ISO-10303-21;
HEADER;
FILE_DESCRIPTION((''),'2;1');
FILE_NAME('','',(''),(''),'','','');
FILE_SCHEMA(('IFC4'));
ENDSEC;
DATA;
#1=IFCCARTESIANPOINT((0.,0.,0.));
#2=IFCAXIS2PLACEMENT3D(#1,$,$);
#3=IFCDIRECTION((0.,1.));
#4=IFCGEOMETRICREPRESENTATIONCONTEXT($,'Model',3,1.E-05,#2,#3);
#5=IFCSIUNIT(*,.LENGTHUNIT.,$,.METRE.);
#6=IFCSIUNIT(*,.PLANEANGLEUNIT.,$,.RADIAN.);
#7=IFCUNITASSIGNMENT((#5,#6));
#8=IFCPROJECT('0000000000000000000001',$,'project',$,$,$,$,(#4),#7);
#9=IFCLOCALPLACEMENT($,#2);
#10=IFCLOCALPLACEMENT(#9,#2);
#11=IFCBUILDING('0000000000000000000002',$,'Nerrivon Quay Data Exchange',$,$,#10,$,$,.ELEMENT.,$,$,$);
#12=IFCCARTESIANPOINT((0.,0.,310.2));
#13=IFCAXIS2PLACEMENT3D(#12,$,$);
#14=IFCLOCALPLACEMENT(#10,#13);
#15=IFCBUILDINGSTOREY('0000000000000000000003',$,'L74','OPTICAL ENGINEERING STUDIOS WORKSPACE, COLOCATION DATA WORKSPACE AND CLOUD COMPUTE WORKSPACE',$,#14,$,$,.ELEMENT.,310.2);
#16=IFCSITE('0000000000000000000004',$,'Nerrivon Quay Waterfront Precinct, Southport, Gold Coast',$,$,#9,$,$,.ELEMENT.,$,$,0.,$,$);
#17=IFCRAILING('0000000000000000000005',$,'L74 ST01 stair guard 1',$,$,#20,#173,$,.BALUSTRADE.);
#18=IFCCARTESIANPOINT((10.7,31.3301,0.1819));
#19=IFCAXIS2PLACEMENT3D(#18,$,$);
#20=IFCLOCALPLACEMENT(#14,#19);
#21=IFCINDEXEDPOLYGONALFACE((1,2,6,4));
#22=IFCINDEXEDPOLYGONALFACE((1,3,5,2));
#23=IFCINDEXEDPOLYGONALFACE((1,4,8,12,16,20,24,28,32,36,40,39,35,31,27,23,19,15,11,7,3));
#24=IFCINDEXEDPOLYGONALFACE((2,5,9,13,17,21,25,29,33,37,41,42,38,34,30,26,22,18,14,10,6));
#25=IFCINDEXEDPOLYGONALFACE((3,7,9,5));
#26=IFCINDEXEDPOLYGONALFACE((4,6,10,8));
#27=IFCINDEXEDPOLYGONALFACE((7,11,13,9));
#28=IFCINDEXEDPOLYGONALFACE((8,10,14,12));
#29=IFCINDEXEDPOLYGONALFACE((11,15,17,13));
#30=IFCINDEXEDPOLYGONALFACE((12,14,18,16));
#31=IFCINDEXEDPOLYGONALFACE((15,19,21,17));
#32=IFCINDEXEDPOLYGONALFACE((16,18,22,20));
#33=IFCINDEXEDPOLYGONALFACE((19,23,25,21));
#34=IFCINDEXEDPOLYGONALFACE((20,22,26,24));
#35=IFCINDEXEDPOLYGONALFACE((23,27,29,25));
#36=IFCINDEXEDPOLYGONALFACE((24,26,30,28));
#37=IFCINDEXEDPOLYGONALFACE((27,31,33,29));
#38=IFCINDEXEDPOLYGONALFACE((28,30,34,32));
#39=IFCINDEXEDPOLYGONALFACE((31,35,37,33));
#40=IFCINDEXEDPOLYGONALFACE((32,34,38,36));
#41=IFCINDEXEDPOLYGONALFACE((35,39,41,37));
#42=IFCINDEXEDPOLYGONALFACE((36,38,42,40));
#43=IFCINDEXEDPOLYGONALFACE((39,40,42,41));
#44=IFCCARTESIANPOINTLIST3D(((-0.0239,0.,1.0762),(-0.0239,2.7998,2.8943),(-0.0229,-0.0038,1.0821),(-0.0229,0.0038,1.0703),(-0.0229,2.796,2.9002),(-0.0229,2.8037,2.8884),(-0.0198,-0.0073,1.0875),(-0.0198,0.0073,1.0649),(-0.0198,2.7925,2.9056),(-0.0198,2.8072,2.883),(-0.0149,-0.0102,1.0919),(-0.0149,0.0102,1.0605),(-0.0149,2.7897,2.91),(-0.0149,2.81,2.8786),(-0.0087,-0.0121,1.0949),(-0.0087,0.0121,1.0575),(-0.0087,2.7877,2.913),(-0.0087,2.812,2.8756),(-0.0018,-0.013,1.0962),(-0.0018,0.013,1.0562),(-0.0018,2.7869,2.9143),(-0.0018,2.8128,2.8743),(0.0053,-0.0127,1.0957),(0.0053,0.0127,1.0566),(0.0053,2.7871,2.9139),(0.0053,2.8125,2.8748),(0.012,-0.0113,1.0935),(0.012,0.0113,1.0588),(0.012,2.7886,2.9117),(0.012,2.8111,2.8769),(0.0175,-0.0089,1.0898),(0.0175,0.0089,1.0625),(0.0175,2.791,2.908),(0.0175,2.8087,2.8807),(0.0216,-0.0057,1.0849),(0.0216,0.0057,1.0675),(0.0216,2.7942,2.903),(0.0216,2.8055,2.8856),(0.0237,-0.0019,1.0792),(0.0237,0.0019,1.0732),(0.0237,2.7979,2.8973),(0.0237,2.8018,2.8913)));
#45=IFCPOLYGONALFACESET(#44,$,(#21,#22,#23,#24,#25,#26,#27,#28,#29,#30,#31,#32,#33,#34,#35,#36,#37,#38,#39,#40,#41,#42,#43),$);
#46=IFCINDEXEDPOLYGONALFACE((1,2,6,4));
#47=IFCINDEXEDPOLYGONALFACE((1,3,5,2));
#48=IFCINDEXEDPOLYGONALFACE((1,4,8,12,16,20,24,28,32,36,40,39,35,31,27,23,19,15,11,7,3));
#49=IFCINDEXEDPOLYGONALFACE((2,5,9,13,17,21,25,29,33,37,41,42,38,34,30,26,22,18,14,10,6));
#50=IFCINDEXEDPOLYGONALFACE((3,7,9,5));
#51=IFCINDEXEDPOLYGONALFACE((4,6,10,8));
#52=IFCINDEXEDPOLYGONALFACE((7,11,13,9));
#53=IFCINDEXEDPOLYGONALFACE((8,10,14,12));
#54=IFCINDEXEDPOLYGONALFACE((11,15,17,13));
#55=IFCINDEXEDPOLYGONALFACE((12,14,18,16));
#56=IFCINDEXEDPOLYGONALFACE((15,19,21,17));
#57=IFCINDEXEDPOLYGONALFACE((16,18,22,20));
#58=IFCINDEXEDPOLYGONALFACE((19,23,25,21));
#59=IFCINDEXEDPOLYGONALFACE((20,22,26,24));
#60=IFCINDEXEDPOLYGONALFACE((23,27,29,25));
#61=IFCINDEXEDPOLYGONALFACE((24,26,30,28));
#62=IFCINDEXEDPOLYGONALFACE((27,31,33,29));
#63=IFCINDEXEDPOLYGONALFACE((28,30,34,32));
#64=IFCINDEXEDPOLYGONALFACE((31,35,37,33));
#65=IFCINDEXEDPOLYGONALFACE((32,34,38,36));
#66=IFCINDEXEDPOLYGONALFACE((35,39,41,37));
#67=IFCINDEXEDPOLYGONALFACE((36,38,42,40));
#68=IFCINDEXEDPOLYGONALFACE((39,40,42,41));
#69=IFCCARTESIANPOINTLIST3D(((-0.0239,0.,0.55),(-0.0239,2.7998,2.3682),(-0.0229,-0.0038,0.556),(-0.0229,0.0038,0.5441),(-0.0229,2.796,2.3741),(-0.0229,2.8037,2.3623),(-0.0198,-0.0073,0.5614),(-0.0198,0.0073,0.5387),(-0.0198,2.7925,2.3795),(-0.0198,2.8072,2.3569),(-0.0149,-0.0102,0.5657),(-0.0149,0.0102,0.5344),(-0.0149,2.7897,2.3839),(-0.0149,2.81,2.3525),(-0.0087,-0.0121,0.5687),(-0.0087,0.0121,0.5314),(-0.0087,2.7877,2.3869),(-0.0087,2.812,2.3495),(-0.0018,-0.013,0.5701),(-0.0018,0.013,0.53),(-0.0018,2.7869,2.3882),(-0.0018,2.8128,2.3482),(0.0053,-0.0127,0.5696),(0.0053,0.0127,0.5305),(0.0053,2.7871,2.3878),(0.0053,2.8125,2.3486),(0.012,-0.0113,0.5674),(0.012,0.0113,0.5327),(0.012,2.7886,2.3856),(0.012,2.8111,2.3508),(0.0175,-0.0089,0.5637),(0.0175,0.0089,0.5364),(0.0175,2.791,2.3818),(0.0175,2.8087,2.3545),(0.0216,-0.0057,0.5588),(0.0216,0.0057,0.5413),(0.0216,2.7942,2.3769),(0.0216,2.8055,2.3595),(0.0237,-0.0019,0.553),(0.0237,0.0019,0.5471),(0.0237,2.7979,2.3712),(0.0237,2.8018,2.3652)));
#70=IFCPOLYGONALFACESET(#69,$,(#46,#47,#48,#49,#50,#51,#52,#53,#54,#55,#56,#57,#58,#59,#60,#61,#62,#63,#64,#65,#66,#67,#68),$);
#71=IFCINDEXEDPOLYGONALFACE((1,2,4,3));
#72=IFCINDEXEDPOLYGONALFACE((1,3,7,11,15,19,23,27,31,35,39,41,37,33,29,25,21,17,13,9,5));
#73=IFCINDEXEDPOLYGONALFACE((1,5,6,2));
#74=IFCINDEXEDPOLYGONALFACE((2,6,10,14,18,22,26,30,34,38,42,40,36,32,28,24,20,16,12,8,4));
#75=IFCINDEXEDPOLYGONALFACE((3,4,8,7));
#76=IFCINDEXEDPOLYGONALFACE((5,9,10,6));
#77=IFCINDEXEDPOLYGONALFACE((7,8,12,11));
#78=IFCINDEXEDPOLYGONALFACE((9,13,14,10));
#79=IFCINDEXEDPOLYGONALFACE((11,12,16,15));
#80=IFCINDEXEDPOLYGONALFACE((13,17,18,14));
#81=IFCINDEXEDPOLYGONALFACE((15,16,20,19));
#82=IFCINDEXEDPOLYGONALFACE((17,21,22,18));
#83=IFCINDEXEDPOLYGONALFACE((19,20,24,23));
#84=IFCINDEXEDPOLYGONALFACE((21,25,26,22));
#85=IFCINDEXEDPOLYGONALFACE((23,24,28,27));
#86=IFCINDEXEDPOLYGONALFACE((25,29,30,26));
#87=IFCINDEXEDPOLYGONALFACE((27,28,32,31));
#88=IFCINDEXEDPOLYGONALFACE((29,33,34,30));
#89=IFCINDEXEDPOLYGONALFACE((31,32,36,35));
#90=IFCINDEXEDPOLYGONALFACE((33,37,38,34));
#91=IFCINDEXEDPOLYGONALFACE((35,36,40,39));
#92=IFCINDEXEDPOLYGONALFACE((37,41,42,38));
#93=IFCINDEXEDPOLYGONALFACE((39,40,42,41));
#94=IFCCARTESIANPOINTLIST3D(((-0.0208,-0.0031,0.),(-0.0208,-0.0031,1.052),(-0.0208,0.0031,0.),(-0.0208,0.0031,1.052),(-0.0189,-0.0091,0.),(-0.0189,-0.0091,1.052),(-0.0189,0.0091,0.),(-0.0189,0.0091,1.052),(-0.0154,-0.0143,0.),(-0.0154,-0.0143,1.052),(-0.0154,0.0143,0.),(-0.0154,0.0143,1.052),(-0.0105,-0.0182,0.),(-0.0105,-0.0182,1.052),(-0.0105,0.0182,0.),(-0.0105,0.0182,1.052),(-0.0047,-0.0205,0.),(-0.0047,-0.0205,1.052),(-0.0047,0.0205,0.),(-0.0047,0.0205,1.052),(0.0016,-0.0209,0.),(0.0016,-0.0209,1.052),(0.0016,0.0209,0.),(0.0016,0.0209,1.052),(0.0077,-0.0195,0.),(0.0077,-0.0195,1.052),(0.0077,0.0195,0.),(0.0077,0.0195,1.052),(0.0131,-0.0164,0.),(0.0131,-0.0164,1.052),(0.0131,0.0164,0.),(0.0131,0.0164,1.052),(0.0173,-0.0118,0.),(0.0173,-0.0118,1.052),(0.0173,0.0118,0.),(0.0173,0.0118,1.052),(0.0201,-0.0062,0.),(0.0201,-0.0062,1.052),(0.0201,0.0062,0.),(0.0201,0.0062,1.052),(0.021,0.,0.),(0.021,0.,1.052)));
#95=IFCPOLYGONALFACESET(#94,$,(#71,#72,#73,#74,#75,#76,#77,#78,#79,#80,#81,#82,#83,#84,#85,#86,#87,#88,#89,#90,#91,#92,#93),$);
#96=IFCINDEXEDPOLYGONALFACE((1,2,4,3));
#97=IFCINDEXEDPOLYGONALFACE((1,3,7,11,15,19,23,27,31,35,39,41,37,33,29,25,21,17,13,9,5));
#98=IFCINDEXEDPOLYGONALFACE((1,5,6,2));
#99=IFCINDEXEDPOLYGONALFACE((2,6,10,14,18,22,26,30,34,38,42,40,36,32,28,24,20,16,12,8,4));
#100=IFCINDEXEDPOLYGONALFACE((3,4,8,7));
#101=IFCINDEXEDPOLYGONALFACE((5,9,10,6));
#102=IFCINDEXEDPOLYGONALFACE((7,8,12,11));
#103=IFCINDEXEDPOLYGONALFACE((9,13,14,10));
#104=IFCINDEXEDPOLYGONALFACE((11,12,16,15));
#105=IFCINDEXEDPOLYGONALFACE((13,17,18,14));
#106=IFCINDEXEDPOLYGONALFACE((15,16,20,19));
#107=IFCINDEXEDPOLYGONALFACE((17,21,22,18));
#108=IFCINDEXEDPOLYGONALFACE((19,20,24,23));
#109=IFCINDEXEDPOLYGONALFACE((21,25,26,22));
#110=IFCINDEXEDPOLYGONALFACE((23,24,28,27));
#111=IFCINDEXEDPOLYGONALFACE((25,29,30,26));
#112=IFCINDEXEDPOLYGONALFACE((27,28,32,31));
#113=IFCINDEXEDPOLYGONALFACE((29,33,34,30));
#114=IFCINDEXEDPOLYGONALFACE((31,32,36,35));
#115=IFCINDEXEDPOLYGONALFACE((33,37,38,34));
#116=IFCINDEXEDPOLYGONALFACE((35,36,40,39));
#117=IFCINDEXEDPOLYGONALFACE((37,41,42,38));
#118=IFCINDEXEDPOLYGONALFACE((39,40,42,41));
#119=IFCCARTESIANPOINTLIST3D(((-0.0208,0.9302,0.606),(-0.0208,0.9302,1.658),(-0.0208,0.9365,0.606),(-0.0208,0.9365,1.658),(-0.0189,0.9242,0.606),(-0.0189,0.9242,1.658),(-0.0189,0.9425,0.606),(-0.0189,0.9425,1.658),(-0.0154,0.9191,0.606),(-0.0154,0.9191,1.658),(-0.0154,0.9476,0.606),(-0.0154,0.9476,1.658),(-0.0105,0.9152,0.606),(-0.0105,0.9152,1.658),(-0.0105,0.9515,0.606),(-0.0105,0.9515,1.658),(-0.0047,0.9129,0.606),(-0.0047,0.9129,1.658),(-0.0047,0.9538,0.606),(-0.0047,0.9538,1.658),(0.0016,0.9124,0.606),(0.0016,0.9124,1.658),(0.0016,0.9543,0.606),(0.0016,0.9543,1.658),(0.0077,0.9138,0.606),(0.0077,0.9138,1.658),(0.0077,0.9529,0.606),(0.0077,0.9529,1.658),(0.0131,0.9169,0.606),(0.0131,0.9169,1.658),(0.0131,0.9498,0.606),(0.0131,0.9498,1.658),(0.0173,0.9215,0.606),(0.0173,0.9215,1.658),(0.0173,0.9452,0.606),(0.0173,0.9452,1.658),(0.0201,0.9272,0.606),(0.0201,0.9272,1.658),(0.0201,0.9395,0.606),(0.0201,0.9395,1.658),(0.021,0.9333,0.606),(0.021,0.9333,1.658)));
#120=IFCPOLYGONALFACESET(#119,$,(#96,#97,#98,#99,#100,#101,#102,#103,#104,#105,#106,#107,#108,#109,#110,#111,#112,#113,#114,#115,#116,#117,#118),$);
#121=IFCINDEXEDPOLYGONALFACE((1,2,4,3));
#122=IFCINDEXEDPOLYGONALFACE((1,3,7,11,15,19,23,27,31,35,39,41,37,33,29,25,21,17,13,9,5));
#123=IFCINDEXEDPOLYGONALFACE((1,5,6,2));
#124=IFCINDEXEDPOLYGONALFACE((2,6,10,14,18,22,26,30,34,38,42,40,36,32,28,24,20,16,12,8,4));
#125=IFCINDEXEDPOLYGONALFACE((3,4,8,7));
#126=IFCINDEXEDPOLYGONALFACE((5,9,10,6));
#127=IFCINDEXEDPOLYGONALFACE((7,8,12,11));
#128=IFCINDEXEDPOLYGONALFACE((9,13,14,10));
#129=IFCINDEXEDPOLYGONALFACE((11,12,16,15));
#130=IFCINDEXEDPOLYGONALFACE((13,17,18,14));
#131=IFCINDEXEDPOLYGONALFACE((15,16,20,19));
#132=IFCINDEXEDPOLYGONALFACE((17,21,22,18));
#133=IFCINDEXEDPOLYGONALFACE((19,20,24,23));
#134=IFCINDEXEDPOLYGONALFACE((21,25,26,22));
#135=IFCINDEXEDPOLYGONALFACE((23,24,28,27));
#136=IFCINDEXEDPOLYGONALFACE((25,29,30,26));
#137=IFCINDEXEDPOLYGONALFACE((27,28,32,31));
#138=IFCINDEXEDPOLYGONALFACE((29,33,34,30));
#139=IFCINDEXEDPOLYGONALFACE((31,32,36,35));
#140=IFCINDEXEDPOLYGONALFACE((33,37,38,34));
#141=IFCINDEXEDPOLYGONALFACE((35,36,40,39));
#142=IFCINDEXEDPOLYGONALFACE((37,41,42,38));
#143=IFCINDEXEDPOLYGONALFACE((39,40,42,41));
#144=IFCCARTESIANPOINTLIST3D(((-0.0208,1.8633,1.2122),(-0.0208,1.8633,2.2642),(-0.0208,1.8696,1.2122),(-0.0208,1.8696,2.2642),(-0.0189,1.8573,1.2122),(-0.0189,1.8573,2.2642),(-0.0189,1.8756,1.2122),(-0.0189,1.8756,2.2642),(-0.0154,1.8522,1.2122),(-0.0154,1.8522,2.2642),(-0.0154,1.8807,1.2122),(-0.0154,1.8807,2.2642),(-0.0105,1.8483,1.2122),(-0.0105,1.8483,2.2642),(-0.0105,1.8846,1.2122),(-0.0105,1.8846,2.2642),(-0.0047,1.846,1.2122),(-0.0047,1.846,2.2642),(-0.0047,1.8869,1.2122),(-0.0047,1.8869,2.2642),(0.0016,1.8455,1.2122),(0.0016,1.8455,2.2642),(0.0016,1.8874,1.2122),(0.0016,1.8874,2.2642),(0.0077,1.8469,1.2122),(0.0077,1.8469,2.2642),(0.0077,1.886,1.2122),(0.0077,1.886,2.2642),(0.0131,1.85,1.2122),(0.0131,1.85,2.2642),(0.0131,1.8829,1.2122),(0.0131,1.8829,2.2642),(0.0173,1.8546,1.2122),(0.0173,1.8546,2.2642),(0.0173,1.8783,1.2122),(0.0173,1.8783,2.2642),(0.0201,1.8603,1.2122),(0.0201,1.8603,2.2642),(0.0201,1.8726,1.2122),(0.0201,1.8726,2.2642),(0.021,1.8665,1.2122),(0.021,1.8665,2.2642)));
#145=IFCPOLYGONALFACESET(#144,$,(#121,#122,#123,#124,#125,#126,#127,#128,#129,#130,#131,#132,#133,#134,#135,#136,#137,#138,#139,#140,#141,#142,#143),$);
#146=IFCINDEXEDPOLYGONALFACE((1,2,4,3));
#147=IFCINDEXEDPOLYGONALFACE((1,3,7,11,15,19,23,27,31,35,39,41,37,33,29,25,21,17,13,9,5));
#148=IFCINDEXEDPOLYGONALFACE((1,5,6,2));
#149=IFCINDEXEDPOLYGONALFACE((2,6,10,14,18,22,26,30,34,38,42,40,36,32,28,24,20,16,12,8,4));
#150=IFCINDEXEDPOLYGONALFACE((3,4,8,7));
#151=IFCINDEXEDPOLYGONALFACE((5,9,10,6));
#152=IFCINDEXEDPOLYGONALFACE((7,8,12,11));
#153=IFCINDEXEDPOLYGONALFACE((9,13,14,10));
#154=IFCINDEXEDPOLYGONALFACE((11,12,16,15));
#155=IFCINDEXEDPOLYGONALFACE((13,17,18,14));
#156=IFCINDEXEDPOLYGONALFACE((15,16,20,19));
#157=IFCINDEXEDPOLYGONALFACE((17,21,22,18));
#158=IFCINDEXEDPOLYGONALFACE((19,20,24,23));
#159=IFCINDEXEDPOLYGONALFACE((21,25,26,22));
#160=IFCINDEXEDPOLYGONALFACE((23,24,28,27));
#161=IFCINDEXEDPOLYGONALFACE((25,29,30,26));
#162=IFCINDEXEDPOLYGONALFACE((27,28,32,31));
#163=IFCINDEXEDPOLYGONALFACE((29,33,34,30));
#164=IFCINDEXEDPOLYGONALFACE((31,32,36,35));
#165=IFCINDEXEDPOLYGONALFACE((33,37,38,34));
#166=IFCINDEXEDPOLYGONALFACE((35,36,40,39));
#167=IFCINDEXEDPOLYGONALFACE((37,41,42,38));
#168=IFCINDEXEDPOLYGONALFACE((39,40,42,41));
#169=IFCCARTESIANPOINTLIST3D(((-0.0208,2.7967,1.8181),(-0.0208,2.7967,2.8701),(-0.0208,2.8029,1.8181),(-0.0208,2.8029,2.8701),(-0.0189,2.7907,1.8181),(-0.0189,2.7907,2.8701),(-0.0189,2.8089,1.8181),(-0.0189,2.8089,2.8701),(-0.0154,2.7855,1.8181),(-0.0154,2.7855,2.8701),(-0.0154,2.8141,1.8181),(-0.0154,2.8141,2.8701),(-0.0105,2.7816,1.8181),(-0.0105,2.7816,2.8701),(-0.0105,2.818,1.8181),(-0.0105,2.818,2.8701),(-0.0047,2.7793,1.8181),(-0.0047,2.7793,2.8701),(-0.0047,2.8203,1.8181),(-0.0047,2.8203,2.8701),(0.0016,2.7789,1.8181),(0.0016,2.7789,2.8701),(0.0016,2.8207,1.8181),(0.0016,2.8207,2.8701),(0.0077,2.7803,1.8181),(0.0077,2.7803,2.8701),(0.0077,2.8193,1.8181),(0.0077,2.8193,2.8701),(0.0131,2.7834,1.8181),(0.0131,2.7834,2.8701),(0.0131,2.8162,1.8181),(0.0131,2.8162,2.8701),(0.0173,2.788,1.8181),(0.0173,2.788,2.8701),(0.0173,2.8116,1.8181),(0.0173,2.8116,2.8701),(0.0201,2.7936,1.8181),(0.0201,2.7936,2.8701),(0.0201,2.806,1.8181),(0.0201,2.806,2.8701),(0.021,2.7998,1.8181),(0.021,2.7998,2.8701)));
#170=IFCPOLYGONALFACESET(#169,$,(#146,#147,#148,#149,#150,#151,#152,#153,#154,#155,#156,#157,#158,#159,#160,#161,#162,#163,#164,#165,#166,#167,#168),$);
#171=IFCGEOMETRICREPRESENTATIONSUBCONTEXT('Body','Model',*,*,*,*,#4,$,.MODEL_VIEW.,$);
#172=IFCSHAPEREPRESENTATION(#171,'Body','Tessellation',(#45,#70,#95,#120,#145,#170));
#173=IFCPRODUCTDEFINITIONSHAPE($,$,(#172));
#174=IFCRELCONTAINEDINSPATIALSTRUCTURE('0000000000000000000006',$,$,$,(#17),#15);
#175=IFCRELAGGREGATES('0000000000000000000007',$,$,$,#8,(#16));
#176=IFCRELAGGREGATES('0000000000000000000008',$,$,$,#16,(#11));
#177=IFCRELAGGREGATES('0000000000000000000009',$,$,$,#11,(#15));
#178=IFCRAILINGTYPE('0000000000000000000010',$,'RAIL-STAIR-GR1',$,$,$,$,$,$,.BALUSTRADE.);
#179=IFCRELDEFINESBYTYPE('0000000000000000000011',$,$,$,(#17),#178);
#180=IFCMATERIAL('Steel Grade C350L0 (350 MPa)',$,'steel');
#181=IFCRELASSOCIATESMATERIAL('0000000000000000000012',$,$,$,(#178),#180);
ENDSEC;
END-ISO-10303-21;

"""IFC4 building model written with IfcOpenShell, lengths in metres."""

from ifc_helpers import new_model, si_unit, direction, frame, origin, origin_2d, place, context, subcontext, project, spatial, circle, extrude, material, type_object, element, save


model = new_model("IFC4")

# Units and contexts
model_context = context("Model", 3, precision=1e-05, world=origin(), true_north=direction((0.0, 1.0)))
body_context = subcontext(model_context, "Body", "Model", "MODEL_VIEW")
ifc_project = project(units=[si_unit("LENGTHUNIT", "METRE"), si_unit("PLANEANGLEUNIT", "RADIAN")], contexts=[model_context])

# Site, building, storey
site_placement = place(None, origin())
site = spatial("IfcSite", under=ifc_project, at=site_placement, Name="Nerrivon Quay Waterfront Precinct, Southport, Gold Coast", CompositionType="ELEMENT", RefElevation=0.0)
building_placement = place(site_placement, origin())
building = spatial("IfcBuilding", under=site, at=building_placement, Name="Nerrivon Quay Data Exchange", CompositionType="ELEMENT")
storey_placement = place(building_placement, frame((0.0, 0.0, 310.2)))
storey = spatial("IfcBuildingStorey", under=building, at=storey_placement, Name="L74", Description="OPTICAL ENGINEERING STUDIOS WORKSPACE, COLOCATION DATA WORKSPACE AND CLOUD COMPUTE WORKSPACE", CompositionType="ELEMENT", Elevation=310.2)

# Railing
ifc_material_1 = material(Name="Steel Grade C350L0 (350 MPa)", Category="steel")
railing_type_1 = type_object("IfcRailingType", Name="RAIL-STAIR-GR1", PredefinedType="BALUSTRADE", material=ifc_material_1)
railing_1_placement = place(storey_placement, frame((10.7, 31.3301, 0.1819)))
element("IfcRailing", 1, at=railing_1_placement, inside=storey, type_object=railing_type_1, Name="L74 ST01 stair guard 1", PredefinedType="BALUSTRADE", context=body_context, shape_type="SweptSolid", body=[
    extrude(circle(Radius=0.0239, at=origin_2d()), frame((0.0, 0.0, 1.0762), z_axis=(0.0, 0.838684, 0.544618), x_axis=(-1.0, 0.0, 0.0)), (0.0, 0.0, 1.0), 3.3384),
    extrude(circle(Radius=0.0239, at=origin_2d()), frame((0.0, 0.0, 0.55), z_axis=(0.0, 0.838684, 0.544618), x_axis=(-1.0, 0.0, 0.0)), (0.0, 0.0, 1.0), 3.3384),
    extrude(circle(Radius=0.021, at=origin_2d()), origin(), (0.0, 0.0, 1.0), 1.052),
    extrude(circle(Radius=0.021, at=origin_2d()), frame((0.0, 0.9333, 0.606)), (0.0, 0.0, 1.0), 1.052),
    extrude(circle(Radius=0.021, at=origin_2d()), frame((0.0, 1.8665, 1.2122)), (0.0, 0.0, 1.0), 1.052),
    extrude(circle(Radius=0.021, at=origin_2d()), frame((0.0, 2.7998, 1.8181)), (0.0, 0.0, 1.0), 1.052),
])

save(model, "model.ifc")
